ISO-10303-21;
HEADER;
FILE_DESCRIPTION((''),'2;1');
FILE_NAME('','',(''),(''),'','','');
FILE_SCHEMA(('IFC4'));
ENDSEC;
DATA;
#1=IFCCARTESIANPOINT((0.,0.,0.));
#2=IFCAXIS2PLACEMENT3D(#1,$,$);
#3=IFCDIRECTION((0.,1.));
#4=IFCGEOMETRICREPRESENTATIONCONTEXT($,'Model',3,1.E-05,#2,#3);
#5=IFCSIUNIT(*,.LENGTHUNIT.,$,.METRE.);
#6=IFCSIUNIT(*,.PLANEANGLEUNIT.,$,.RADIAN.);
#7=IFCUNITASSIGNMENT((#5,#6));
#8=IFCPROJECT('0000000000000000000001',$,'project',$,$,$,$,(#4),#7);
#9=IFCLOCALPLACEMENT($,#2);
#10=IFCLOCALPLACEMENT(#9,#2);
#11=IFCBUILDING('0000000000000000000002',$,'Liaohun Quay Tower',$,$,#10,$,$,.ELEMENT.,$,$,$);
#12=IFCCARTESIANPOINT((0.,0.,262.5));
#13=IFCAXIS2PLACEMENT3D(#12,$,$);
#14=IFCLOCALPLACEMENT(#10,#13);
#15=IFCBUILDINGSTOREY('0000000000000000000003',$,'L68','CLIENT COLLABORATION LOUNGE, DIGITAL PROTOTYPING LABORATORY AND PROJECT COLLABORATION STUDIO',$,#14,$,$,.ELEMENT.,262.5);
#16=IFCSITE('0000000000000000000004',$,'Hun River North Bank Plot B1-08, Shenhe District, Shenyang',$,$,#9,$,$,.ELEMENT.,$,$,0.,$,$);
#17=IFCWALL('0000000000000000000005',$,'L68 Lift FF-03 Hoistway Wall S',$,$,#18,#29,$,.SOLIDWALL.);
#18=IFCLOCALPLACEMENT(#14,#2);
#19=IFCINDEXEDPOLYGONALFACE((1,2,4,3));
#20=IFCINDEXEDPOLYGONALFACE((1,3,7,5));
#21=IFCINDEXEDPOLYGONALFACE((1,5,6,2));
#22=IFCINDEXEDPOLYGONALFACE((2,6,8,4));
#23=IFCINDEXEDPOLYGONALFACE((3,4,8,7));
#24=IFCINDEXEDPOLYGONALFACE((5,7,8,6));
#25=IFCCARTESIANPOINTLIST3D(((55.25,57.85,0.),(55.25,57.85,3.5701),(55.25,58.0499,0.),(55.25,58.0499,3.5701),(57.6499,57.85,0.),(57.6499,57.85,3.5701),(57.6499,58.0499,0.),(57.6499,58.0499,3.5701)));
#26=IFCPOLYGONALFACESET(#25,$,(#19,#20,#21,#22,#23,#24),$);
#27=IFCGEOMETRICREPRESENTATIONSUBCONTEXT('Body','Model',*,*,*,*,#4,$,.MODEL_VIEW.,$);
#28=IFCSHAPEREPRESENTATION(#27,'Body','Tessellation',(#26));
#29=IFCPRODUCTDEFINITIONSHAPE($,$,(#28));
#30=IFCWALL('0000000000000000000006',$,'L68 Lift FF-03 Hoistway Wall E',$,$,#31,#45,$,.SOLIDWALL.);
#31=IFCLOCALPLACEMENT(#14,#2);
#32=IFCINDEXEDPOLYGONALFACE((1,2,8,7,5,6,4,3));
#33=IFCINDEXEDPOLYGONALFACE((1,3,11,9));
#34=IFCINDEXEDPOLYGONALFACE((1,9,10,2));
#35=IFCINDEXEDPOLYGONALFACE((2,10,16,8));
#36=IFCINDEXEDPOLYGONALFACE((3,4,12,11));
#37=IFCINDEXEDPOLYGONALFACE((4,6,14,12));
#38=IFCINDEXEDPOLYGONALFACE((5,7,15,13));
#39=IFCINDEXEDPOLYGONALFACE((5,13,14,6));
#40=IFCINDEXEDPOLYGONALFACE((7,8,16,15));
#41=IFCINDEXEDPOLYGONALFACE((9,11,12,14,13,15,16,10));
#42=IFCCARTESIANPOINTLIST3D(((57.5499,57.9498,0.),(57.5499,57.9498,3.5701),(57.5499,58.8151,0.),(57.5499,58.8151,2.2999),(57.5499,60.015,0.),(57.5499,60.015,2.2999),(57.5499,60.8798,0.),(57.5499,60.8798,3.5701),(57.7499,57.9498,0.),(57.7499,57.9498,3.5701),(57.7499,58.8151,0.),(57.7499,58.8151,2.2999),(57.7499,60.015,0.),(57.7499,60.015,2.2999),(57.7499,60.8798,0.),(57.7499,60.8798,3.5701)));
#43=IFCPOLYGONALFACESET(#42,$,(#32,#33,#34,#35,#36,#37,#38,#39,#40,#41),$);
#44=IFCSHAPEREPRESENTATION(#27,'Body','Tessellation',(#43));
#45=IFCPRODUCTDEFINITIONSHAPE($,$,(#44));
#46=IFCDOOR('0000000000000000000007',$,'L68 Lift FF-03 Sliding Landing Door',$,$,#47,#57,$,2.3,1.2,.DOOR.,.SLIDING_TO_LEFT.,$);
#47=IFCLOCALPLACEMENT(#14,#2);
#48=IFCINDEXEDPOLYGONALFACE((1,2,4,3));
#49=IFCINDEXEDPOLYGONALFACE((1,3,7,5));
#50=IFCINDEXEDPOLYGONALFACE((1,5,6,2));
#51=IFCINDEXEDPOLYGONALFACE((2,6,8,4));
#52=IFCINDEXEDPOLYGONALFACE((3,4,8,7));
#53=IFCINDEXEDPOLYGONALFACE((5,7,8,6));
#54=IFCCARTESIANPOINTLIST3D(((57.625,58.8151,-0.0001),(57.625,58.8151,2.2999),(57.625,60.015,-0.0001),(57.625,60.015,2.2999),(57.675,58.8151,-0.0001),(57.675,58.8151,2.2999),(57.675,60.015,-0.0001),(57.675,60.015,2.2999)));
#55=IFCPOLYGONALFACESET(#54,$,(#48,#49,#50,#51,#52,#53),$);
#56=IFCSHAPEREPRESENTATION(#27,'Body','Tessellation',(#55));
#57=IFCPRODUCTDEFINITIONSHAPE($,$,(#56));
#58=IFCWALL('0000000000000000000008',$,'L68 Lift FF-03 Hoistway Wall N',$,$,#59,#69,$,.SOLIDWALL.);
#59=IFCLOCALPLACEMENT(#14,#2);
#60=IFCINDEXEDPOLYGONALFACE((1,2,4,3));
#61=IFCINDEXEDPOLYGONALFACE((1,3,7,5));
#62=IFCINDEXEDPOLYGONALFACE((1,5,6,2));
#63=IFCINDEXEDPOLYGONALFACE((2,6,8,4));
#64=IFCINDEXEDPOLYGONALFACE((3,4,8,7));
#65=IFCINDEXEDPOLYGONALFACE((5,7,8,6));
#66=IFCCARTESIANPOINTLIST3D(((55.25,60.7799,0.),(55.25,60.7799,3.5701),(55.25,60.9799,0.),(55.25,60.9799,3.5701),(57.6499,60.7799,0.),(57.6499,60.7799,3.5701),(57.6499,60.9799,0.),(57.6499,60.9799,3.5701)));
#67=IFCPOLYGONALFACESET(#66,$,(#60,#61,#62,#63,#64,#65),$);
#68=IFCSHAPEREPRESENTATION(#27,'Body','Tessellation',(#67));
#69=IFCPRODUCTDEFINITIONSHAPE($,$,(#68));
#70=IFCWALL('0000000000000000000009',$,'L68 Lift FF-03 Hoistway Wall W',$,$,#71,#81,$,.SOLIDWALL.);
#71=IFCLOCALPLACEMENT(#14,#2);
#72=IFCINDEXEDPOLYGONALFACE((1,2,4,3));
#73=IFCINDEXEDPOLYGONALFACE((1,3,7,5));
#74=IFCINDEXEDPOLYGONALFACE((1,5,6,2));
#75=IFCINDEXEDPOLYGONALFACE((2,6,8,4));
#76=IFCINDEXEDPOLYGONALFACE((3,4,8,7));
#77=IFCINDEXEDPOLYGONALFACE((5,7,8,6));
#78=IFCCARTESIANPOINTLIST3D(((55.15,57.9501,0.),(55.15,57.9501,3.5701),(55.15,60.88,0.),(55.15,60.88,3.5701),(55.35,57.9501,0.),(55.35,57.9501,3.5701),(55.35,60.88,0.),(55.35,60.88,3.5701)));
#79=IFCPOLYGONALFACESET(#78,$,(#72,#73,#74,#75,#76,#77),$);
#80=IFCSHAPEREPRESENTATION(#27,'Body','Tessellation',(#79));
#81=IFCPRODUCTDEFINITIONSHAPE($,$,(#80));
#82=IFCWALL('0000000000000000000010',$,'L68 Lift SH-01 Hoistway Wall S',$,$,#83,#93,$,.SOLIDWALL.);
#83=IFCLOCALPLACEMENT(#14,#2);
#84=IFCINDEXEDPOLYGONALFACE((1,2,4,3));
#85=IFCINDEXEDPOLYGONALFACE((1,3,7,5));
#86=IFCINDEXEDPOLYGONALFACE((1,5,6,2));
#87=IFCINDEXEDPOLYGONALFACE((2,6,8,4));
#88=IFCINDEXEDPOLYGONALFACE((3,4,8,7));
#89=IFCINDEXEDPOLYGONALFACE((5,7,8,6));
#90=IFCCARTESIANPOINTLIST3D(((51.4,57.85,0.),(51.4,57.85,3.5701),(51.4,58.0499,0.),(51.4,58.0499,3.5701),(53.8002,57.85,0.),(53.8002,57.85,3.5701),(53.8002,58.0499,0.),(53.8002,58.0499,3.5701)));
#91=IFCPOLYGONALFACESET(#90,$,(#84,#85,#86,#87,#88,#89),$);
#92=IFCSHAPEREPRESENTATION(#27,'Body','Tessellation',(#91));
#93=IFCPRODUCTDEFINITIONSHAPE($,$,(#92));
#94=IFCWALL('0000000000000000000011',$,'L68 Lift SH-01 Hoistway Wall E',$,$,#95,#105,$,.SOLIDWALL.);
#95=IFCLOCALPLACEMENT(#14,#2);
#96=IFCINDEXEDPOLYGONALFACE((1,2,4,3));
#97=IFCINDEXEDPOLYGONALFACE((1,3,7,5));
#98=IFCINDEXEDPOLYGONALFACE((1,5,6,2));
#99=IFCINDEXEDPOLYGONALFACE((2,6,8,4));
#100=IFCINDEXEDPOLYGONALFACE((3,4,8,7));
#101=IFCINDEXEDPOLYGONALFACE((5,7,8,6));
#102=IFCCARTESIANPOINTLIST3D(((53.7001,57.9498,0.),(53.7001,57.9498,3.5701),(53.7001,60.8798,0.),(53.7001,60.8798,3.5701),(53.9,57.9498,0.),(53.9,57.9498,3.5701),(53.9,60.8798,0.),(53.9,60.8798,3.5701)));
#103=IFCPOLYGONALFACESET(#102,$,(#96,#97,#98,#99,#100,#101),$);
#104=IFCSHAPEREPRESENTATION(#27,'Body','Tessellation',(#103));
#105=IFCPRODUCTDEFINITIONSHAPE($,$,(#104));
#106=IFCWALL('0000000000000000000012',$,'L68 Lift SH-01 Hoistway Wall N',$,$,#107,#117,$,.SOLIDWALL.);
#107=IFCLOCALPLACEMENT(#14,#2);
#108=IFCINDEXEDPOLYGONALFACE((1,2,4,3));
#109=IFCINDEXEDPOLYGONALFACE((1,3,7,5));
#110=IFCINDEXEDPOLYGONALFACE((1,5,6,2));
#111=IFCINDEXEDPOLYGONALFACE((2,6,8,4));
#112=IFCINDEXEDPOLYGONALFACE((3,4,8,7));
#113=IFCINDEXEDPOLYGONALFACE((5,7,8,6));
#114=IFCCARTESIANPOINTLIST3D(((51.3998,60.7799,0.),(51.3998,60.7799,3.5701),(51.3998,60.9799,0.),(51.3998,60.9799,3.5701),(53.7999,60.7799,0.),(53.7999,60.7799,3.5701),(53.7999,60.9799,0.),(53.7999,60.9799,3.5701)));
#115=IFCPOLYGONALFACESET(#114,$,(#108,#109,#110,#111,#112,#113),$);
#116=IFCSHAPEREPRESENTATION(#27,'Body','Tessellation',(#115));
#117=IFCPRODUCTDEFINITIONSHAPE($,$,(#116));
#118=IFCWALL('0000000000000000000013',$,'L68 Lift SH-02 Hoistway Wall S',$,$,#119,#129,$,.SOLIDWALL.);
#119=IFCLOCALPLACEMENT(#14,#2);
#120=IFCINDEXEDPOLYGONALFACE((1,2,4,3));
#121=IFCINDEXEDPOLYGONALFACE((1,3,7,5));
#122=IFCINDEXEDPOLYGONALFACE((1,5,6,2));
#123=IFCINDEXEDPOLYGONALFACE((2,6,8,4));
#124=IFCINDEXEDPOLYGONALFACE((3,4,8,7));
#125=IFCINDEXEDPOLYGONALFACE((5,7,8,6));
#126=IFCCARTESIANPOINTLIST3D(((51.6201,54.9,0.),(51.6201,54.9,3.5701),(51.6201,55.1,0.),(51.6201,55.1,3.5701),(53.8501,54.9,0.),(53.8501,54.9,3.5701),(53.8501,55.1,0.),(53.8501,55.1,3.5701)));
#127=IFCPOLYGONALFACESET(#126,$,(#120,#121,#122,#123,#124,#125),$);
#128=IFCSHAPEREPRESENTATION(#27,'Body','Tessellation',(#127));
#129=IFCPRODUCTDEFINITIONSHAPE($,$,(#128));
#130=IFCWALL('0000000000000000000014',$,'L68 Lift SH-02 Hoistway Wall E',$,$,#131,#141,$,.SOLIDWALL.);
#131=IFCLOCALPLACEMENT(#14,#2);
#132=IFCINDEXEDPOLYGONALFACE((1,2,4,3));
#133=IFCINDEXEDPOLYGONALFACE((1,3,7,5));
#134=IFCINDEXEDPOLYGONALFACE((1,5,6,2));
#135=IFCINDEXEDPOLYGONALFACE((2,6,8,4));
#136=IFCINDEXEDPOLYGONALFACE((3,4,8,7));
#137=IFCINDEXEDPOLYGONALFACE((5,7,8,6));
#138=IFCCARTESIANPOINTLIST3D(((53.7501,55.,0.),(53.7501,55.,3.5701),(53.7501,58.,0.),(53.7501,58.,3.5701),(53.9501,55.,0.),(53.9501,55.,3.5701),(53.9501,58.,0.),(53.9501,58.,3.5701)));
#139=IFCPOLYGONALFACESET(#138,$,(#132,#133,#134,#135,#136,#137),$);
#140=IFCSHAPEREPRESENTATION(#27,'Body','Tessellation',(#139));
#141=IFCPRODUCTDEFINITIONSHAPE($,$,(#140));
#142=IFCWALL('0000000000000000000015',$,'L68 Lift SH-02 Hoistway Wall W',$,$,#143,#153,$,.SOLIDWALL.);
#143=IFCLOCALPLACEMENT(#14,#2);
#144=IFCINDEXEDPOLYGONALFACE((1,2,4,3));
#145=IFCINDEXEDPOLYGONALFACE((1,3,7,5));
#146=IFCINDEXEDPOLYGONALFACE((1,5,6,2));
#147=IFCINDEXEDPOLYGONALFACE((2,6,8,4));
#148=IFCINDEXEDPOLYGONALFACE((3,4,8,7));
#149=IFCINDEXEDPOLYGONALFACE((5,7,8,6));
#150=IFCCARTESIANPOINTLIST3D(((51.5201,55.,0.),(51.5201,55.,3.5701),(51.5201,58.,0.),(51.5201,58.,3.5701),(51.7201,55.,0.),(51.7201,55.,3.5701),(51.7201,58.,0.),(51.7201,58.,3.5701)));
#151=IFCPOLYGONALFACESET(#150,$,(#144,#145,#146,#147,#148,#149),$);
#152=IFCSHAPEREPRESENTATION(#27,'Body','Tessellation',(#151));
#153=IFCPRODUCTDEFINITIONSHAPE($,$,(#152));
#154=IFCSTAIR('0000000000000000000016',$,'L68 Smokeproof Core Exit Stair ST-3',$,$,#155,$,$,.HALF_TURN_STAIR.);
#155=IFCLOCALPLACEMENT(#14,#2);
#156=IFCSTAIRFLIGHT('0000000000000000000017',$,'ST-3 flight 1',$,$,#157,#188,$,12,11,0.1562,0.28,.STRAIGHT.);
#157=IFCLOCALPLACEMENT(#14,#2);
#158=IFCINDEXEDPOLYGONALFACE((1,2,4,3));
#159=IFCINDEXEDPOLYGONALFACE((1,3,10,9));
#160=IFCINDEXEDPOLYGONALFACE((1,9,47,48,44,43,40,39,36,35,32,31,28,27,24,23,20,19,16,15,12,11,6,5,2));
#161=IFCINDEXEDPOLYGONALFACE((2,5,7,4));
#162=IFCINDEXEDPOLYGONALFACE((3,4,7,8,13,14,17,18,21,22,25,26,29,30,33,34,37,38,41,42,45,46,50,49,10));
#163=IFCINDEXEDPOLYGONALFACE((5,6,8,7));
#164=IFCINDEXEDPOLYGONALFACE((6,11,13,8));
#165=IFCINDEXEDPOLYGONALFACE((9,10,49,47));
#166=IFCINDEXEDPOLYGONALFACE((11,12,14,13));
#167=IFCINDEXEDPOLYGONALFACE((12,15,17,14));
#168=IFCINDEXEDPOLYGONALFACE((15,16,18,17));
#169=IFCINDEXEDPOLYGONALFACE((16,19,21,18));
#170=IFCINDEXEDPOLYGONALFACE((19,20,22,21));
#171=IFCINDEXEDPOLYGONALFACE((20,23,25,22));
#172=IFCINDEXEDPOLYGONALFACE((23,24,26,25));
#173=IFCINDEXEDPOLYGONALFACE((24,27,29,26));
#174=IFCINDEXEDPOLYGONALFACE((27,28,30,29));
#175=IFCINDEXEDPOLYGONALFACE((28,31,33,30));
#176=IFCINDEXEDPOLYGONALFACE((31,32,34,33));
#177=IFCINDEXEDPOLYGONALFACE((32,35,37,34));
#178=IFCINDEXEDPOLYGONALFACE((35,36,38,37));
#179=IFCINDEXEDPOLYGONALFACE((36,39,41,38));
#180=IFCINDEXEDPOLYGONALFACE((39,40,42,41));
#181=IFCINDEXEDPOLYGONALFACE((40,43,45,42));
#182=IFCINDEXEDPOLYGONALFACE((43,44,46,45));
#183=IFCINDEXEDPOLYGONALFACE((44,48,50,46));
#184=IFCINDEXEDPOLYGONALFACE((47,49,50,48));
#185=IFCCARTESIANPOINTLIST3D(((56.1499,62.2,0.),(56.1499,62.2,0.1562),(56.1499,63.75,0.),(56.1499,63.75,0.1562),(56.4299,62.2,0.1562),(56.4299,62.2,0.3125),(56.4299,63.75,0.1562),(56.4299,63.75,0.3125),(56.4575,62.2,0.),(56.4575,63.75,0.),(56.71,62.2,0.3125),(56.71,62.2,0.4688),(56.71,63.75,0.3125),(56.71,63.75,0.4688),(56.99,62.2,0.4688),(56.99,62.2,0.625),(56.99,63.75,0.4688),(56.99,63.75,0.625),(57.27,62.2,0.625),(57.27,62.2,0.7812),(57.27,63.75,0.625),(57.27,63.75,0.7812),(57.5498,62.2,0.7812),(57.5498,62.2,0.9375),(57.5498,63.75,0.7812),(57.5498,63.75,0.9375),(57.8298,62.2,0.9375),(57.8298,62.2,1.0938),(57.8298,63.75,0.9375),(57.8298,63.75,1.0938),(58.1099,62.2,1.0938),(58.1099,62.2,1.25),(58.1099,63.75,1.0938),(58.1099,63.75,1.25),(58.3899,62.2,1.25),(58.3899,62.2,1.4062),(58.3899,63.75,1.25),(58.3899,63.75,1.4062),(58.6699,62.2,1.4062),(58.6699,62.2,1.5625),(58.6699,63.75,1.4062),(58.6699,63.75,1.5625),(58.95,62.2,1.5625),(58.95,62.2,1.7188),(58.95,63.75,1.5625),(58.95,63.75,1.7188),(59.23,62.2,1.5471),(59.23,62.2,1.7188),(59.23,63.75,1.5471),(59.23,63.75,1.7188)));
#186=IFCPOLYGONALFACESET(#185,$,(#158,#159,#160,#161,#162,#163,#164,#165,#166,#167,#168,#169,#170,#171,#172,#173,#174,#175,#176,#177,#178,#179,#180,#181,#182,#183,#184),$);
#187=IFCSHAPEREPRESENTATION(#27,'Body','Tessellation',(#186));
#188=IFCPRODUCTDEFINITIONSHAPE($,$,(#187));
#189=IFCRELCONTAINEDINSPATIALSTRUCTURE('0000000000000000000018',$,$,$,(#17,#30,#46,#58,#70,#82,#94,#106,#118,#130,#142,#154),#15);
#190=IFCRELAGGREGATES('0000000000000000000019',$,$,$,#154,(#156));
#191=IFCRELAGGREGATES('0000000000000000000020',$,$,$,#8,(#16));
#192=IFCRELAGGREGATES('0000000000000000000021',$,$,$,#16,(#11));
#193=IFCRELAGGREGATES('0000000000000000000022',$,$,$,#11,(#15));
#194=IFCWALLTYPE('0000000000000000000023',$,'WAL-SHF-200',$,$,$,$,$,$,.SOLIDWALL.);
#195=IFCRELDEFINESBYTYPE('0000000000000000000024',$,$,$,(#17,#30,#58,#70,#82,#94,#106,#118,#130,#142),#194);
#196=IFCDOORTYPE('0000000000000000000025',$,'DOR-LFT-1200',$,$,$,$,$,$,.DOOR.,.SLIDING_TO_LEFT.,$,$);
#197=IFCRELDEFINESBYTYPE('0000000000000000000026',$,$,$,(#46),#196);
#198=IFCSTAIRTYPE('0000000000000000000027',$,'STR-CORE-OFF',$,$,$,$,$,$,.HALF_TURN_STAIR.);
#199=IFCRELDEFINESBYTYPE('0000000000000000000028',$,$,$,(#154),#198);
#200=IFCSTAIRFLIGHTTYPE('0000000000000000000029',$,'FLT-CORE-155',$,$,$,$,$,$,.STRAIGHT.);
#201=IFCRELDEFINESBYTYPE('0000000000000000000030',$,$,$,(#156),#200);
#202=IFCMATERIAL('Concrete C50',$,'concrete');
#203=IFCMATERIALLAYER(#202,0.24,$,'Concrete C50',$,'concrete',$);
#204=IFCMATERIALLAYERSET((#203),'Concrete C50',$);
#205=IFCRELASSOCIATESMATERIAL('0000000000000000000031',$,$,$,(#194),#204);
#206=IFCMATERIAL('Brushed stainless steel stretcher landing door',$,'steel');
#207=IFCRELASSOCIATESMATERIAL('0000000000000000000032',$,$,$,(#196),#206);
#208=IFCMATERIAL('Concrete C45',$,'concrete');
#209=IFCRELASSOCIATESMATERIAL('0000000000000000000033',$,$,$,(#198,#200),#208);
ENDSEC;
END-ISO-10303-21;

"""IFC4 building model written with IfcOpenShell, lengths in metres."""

from ifc_helpers import new_model, si_unit, direction, frame, frame_2d, origin, place, context, subcontext, project, spatial, polyline, rectangle, outline, extrude, source, transform, mapped, material, layer, layer_set, type_object, element, fill, aggregate, save


model = new_model("IFC4")

# Units and contexts
model_context = context("Model", 3, precision=1e-05, world=origin(), true_north=direction((0.0, 1.0)))
body_context = subcontext(model_context, "Body", "Model", "MODEL_VIEW")
ifc_project = project(units=[si_unit("LENGTHUNIT", "METRE"), si_unit("PLANEANGLEUNIT", "RADIAN")], contexts=[model_context])

# Site, building, storey
site_placement = place(None, origin())
site = spatial("IfcSite", under=ifc_project, at=site_placement, Name="Hun River North Bank Plot B1-08, Shenhe District, Shenyang", CompositionType="ELEMENT", RefElevation=0.0)
building_placement = place(site_placement, origin())
building = spatial("IfcBuilding", under=site, at=building_placement, Name="Liaohun Quay Tower", CompositionType="ELEMENT")
storey_placement = place(building_placement, frame((0.0, 0.0, 262.5)))
storey = spatial("IfcBuildingStorey", under=building, at=storey_placement, Name="L68", Description="CLIENT COLLABORATION LOUNGE, DIGITAL PROTOTYPING LABORATORY AND PROJECT COLLABORATION STUDIO", CompositionType="ELEMENT", Elevation=262.5)

# Wall
ifc_material_1 = material(Name="Concrete C50", Category="concrete")
ifc_layer_1 = layer(ifc_material_1, 0.24, Name="Concrete C50", Category="concrete")
ifc_layer_set_1 = layer_set([ifc_layer_1], Name="Concrete C50")
wall_type_1 = type_object("IfcWallType", Name="WAL-SHF-200", PredefinedType="SOLIDWALL", material=ifc_layer_set_1)
wall_1_placement = place(storey_placement, frame((55.25, 57.95, 0.0), z_axis=(0.0, 0.0, 1.0), x_axis=(1.0, 0.0, 0.0)))
element("IfcWall", 1, at=wall_1_placement, inside=storey, type_object=wall_type_1, Name="L68 Lift FF-03 Hoistway Wall S", PredefinedType="SOLIDWALL", context=body_context, shape_type="SweptSolid", body=[
    extrude(rectangle(XDim=2.3999, YDim=0.2, at=frame_2d((1.2, 0.0))), origin(), (0.0, 0.0, 1.0), 3.5701),
])

# Wall, opening, door
wall_2_placement = place(storey_placement, frame((57.6499, 57.95, 0.0), z_axis=(0.0, 0.0, 1.0), x_axis=(0.0, 1.0, 0.0)))
wall_2 = element("IfcWall", 2, at=wall_2_placement, inside=storey, type_object=wall_type_1, Name="L68 Lift FF-03 Hoistway Wall E", PredefinedType="SOLIDWALL", context=body_context, shape_type="SweptSolid", body=[
    extrude(rectangle(XDim=2.9299, YDim=0.2, at=frame_2d((1.4648, 0.0))), origin(), (0.0, 0.0, 1.0), 3.5701),
])
shared_shape_1 = source(origin(), body_context, "Body", "SweptSolid", [
    extrude(rectangle(XDim=1.2, YDim=2.3, at=frame_2d((0.6001, 1.1499))), frame((0.0, 0.1099, 0.0), z_axis=(0.0, -1.0, 0.0), x_axis=(1.0, 0.0, 0.0)), (0.0, 0.0, 1.0), 0.22),
])
opening_1_placement = place(wall_2_placement, frame((0.865, 0.0, 0.0)))
opening_1 = element("IfcOpeningElement", 3, at=opening_1_placement, cuts=wall_2, PredefinedType="OPENING", context=body_context, shape_type="MappedRepresentation", body=[
    mapped(shared_shape_1, transform((0.0, 0.0, 0.0), x_axis=(1.0, 0.0, 0.0), y_axis=(0.0, 1.0, 0.0), z_axis=(0.0, 0.0, 1.0), scale=1.0)),
])
ifc_material_2 = material(Name="Brushed stainless steel stretcher landing door", Category="steel")
door_type_1 = type_object("IfcDoorType", Name="DOR-LFT-1200", OperationType="SLIDING_TO_LEFT", PredefinedType="DOOR", material=ifc_material_2)
shared_shape_2 = source(origin(), body_context, "Body", "SweptSolid", [
    extrude(rectangle(XDim=1.2, YDim=2.3, at=frame_2d((0.6001, 1.1499))), frame((0.0, 0.0249, 0.0), z_axis=(0.0, -1.0, 0.0), x_axis=(1.0, 0.0, 0.0)), (0.0, 0.0, 1.0), 0.05),
])
door_1_placement = place(opening_1_placement, origin())
door_1 = element("IfcDoor", 4, at=door_1_placement, inside=storey, type_object=door_type_1, Name="L68 Lift FF-03 Sliding Landing Door", OperationType="SLIDING_TO_LEFT", OverallHeight=2.3, OverallWidth=1.2, PredefinedType="DOOR", context=body_context, shape_type="MappedRepresentation", body=[
    mapped(shared_shape_2, transform((0.0, 0.0, 0.0), x_axis=(1.0, 0.0, 0.0), y_axis=(0.0, 1.0, 0.0), z_axis=(0.0, 0.0, 1.0), scale=1.0)),
])
fill(opening_1, door_1)

# Walls
wall_3_placement = place(storey_placement, frame((57.6499, 60.8799, 0.0), z_axis=(0.0, 0.0, 1.0), x_axis=(-1.0, 0.0, 0.0)))
element("IfcWall", 5, at=wall_3_placement, inside=storey, type_object=wall_type_1, Name="L68 Lift FF-03 Hoistway Wall N", PredefinedType="SOLIDWALL", context=body_context, shape_type="SweptSolid", body=[
    extrude(rectangle(XDim=2.3999, YDim=0.2, at=frame_2d((1.2, 0.0))), origin(), (0.0, 0.0, 1.0), 3.5701),
])
wall_4_placement = place(storey_placement, frame((55.25, 60.8799, 0.0), z_axis=(0.0, 0.0, 1.0), x_axis=(0.0, -1.0, 0.0)))
element("IfcWall", 6, at=wall_4_placement, inside=storey, type_object=wall_type_1, Name="L68 Lift FF-03 Hoistway Wall W", PredefinedType="SOLIDWALL", context=body_context, shape_type="SweptSolid", body=[
    extrude(rectangle(XDim=2.9299, YDim=0.2, at=frame_2d((1.4648, 0.0))), origin(), (0.0, 0.0, 1.0), 3.5701),
])
wall_5_placement = place(storey_placement, frame((51.3999, 57.95, 0.0), z_axis=(0.0, 0.0, 1.0), x_axis=(1.0, 0.0, 0.0)))
element("IfcWall", 7, at=wall_5_placement, inside=storey, type_object=wall_type_1, Name="L68 Lift SH-01 Hoistway Wall S", PredefinedType="SOLIDWALL", context=body_context, shape_type="SweptSolid", body=[
    extrude(rectangle(XDim=2.4001, YDim=0.2, at=frame_2d((1.2002, 0.0))), origin(), (0.0, 0.0, 1.0), 3.5701),
])
wall_6_placement = place(storey_placement, frame((53.8, 57.95, 0.0), z_axis=(0.0, 0.0, 1.0), x_axis=(0.0, 1.0, 0.0)))
element("IfcWall", 8, at=wall_6_placement, inside=storey, type_object=wall_type_1, Name="L68 Lift SH-01 Hoistway Wall E", PredefinedType="SOLIDWALL", context=body_context, shape_type="SweptSolid", body=[
    extrude(rectangle(XDim=2.9299, YDim=0.2, at=frame_2d((1.4648, 0.0))), origin(), (0.0, 0.0, 1.0), 3.5701),
])
wall_7_placement = place(storey_placement, frame((53.8, 60.8799, 0.0), z_axis=(0.0, 0.0, 1.0), x_axis=(-1.0, 0.0, 0.0)))
element("IfcWall", 9, at=wall_7_placement, inside=storey, type_object=wall_type_1, Name="L68 Lift SH-01 Hoistway Wall N", PredefinedType="SOLIDWALL", context=body_context, shape_type="SweptSolid", body=[
    extrude(rectangle(XDim=2.4001, YDim=0.2, at=frame_2d((1.2002, 0.0))), origin(), (0.0, 0.0, 1.0), 3.5701),
])
wall_8_placement = place(storey_placement, frame((51.6201, 55.0, 0.0), z_axis=(0.0, 0.0, 1.0), x_axis=(1.0, 0.0, 0.0)))
element("IfcWall", 10, at=wall_8_placement, inside=storey, type_object=wall_type_1, Name="L68 Lift SH-02 Hoistway Wall S", PredefinedType="SOLIDWALL", context=body_context, shape_type="SweptSolid", body=[
    extrude(rectangle(XDim=2.23, YDim=0.2, at=frame_2d((1.115, 0.0))), origin(), (0.0, 0.0, 1.0), 3.5701),
])
for number, where, z_axis, x_axis, name in (
    (11, (53.8501, 55.0, 0.0), (0.0, 0.0, 1.0), (0.0, 1.0, 0.0), "L68 Lift SH-02 Hoistway Wall E"),
    (12, (51.6201, 58.0, 0.0), (0.0, 0.0, 1.0), (0.0, -1.0, 0.0), "L68 Lift SH-02 Hoistway Wall W"),
):
    element("IfcWall", number, at=place(storey_placement, frame(where, z_axis=z_axis, x_axis=x_axis)), inside=storey, type_object=wall_type_1, Name=name, PredefinedType="SOLIDWALL", context=body_context, shape_type="SweptSolid", body=[
        extrude(rectangle(XDim=3.0, YDim=0.2, at=frame_2d((1.5, 0.0))), origin(), (0.0, 0.0, 1.0), 3.5701),
    ])

# Stair, stair flight
ifc_material_3 = material(Name="Concrete C45", Category="concrete")
stair_type = type_object("IfcStairType", Name="STR-CORE-OFF", PredefinedType="HALF_TURN_STAIR", material=ifc_material_3)
stair_placement = place(storey_placement, origin())
stair = element("IfcStair", 13, at=stair_placement, inside=storey, type_object=stair_type, Name="L68 Smokeproof Core Exit Stair ST-3", PredefinedType="HALF_TURN_STAIR")
stair_flight_type = type_object("IfcStairFlightType", Name="FLT-CORE-155", PredefinedType="STRAIGHT", material=ifc_material_3)
stair_flight_1_placement = place(storey_placement, frame((56.1499, 62.9751, 0.0), z_axis=(0.0, 0.0, 1.0), x_axis=(1.0, 0.0, 0.0)))
stair_flight_1 = element("IfcStairFlight", 14, at=stair_flight_1_placement, type_object=stair_flight_type, Name="ST-3 flight 1", NumberOfRisers=12, NumberOfTreads=11, PredefinedType="STRAIGHT", RiserHeight=0.1562, TreadLength=0.28, context=body_context, shape_type="SweptSolid", body=[
    extrude(outline(polyline([(0.0, 0.0), (0.0, 0.1562), (0.28, 0.1562), (0.28, 0.3125), (0.5601, 0.3125), (0.5601, 0.4688), (0.8401, 0.4688), (0.8401, 0.625), (1.1201, 0.625), (1.1201, 0.7812), (1.3999, 0.7812), (1.3999, 0.9375), (1.6799, 0.9375), (1.6799, 1.0938), (1.96, 1.0938), (1.96, 1.25), (2.24, 1.25), (2.24, 1.4062), (2.52, 1.4062), (2.52, 1.5625), (2.8, 1.5625), (2.8, 1.7188), (3.0801, 1.7188), (3.0801, 1.875), (3.0801, 1.5471), (0.3076, 0.0), (0.0, 0.0)])), frame((0.0, 0.7749, 0.0), z_axis=(0.0, -1.0, 0.0), x_axis=(1.0, 0.0, 0.0)), (0.0, 0.0, 1.0), 1.55),
])
aggregate(stair, [stair_flight_1])

save(model, "model.ifc")
